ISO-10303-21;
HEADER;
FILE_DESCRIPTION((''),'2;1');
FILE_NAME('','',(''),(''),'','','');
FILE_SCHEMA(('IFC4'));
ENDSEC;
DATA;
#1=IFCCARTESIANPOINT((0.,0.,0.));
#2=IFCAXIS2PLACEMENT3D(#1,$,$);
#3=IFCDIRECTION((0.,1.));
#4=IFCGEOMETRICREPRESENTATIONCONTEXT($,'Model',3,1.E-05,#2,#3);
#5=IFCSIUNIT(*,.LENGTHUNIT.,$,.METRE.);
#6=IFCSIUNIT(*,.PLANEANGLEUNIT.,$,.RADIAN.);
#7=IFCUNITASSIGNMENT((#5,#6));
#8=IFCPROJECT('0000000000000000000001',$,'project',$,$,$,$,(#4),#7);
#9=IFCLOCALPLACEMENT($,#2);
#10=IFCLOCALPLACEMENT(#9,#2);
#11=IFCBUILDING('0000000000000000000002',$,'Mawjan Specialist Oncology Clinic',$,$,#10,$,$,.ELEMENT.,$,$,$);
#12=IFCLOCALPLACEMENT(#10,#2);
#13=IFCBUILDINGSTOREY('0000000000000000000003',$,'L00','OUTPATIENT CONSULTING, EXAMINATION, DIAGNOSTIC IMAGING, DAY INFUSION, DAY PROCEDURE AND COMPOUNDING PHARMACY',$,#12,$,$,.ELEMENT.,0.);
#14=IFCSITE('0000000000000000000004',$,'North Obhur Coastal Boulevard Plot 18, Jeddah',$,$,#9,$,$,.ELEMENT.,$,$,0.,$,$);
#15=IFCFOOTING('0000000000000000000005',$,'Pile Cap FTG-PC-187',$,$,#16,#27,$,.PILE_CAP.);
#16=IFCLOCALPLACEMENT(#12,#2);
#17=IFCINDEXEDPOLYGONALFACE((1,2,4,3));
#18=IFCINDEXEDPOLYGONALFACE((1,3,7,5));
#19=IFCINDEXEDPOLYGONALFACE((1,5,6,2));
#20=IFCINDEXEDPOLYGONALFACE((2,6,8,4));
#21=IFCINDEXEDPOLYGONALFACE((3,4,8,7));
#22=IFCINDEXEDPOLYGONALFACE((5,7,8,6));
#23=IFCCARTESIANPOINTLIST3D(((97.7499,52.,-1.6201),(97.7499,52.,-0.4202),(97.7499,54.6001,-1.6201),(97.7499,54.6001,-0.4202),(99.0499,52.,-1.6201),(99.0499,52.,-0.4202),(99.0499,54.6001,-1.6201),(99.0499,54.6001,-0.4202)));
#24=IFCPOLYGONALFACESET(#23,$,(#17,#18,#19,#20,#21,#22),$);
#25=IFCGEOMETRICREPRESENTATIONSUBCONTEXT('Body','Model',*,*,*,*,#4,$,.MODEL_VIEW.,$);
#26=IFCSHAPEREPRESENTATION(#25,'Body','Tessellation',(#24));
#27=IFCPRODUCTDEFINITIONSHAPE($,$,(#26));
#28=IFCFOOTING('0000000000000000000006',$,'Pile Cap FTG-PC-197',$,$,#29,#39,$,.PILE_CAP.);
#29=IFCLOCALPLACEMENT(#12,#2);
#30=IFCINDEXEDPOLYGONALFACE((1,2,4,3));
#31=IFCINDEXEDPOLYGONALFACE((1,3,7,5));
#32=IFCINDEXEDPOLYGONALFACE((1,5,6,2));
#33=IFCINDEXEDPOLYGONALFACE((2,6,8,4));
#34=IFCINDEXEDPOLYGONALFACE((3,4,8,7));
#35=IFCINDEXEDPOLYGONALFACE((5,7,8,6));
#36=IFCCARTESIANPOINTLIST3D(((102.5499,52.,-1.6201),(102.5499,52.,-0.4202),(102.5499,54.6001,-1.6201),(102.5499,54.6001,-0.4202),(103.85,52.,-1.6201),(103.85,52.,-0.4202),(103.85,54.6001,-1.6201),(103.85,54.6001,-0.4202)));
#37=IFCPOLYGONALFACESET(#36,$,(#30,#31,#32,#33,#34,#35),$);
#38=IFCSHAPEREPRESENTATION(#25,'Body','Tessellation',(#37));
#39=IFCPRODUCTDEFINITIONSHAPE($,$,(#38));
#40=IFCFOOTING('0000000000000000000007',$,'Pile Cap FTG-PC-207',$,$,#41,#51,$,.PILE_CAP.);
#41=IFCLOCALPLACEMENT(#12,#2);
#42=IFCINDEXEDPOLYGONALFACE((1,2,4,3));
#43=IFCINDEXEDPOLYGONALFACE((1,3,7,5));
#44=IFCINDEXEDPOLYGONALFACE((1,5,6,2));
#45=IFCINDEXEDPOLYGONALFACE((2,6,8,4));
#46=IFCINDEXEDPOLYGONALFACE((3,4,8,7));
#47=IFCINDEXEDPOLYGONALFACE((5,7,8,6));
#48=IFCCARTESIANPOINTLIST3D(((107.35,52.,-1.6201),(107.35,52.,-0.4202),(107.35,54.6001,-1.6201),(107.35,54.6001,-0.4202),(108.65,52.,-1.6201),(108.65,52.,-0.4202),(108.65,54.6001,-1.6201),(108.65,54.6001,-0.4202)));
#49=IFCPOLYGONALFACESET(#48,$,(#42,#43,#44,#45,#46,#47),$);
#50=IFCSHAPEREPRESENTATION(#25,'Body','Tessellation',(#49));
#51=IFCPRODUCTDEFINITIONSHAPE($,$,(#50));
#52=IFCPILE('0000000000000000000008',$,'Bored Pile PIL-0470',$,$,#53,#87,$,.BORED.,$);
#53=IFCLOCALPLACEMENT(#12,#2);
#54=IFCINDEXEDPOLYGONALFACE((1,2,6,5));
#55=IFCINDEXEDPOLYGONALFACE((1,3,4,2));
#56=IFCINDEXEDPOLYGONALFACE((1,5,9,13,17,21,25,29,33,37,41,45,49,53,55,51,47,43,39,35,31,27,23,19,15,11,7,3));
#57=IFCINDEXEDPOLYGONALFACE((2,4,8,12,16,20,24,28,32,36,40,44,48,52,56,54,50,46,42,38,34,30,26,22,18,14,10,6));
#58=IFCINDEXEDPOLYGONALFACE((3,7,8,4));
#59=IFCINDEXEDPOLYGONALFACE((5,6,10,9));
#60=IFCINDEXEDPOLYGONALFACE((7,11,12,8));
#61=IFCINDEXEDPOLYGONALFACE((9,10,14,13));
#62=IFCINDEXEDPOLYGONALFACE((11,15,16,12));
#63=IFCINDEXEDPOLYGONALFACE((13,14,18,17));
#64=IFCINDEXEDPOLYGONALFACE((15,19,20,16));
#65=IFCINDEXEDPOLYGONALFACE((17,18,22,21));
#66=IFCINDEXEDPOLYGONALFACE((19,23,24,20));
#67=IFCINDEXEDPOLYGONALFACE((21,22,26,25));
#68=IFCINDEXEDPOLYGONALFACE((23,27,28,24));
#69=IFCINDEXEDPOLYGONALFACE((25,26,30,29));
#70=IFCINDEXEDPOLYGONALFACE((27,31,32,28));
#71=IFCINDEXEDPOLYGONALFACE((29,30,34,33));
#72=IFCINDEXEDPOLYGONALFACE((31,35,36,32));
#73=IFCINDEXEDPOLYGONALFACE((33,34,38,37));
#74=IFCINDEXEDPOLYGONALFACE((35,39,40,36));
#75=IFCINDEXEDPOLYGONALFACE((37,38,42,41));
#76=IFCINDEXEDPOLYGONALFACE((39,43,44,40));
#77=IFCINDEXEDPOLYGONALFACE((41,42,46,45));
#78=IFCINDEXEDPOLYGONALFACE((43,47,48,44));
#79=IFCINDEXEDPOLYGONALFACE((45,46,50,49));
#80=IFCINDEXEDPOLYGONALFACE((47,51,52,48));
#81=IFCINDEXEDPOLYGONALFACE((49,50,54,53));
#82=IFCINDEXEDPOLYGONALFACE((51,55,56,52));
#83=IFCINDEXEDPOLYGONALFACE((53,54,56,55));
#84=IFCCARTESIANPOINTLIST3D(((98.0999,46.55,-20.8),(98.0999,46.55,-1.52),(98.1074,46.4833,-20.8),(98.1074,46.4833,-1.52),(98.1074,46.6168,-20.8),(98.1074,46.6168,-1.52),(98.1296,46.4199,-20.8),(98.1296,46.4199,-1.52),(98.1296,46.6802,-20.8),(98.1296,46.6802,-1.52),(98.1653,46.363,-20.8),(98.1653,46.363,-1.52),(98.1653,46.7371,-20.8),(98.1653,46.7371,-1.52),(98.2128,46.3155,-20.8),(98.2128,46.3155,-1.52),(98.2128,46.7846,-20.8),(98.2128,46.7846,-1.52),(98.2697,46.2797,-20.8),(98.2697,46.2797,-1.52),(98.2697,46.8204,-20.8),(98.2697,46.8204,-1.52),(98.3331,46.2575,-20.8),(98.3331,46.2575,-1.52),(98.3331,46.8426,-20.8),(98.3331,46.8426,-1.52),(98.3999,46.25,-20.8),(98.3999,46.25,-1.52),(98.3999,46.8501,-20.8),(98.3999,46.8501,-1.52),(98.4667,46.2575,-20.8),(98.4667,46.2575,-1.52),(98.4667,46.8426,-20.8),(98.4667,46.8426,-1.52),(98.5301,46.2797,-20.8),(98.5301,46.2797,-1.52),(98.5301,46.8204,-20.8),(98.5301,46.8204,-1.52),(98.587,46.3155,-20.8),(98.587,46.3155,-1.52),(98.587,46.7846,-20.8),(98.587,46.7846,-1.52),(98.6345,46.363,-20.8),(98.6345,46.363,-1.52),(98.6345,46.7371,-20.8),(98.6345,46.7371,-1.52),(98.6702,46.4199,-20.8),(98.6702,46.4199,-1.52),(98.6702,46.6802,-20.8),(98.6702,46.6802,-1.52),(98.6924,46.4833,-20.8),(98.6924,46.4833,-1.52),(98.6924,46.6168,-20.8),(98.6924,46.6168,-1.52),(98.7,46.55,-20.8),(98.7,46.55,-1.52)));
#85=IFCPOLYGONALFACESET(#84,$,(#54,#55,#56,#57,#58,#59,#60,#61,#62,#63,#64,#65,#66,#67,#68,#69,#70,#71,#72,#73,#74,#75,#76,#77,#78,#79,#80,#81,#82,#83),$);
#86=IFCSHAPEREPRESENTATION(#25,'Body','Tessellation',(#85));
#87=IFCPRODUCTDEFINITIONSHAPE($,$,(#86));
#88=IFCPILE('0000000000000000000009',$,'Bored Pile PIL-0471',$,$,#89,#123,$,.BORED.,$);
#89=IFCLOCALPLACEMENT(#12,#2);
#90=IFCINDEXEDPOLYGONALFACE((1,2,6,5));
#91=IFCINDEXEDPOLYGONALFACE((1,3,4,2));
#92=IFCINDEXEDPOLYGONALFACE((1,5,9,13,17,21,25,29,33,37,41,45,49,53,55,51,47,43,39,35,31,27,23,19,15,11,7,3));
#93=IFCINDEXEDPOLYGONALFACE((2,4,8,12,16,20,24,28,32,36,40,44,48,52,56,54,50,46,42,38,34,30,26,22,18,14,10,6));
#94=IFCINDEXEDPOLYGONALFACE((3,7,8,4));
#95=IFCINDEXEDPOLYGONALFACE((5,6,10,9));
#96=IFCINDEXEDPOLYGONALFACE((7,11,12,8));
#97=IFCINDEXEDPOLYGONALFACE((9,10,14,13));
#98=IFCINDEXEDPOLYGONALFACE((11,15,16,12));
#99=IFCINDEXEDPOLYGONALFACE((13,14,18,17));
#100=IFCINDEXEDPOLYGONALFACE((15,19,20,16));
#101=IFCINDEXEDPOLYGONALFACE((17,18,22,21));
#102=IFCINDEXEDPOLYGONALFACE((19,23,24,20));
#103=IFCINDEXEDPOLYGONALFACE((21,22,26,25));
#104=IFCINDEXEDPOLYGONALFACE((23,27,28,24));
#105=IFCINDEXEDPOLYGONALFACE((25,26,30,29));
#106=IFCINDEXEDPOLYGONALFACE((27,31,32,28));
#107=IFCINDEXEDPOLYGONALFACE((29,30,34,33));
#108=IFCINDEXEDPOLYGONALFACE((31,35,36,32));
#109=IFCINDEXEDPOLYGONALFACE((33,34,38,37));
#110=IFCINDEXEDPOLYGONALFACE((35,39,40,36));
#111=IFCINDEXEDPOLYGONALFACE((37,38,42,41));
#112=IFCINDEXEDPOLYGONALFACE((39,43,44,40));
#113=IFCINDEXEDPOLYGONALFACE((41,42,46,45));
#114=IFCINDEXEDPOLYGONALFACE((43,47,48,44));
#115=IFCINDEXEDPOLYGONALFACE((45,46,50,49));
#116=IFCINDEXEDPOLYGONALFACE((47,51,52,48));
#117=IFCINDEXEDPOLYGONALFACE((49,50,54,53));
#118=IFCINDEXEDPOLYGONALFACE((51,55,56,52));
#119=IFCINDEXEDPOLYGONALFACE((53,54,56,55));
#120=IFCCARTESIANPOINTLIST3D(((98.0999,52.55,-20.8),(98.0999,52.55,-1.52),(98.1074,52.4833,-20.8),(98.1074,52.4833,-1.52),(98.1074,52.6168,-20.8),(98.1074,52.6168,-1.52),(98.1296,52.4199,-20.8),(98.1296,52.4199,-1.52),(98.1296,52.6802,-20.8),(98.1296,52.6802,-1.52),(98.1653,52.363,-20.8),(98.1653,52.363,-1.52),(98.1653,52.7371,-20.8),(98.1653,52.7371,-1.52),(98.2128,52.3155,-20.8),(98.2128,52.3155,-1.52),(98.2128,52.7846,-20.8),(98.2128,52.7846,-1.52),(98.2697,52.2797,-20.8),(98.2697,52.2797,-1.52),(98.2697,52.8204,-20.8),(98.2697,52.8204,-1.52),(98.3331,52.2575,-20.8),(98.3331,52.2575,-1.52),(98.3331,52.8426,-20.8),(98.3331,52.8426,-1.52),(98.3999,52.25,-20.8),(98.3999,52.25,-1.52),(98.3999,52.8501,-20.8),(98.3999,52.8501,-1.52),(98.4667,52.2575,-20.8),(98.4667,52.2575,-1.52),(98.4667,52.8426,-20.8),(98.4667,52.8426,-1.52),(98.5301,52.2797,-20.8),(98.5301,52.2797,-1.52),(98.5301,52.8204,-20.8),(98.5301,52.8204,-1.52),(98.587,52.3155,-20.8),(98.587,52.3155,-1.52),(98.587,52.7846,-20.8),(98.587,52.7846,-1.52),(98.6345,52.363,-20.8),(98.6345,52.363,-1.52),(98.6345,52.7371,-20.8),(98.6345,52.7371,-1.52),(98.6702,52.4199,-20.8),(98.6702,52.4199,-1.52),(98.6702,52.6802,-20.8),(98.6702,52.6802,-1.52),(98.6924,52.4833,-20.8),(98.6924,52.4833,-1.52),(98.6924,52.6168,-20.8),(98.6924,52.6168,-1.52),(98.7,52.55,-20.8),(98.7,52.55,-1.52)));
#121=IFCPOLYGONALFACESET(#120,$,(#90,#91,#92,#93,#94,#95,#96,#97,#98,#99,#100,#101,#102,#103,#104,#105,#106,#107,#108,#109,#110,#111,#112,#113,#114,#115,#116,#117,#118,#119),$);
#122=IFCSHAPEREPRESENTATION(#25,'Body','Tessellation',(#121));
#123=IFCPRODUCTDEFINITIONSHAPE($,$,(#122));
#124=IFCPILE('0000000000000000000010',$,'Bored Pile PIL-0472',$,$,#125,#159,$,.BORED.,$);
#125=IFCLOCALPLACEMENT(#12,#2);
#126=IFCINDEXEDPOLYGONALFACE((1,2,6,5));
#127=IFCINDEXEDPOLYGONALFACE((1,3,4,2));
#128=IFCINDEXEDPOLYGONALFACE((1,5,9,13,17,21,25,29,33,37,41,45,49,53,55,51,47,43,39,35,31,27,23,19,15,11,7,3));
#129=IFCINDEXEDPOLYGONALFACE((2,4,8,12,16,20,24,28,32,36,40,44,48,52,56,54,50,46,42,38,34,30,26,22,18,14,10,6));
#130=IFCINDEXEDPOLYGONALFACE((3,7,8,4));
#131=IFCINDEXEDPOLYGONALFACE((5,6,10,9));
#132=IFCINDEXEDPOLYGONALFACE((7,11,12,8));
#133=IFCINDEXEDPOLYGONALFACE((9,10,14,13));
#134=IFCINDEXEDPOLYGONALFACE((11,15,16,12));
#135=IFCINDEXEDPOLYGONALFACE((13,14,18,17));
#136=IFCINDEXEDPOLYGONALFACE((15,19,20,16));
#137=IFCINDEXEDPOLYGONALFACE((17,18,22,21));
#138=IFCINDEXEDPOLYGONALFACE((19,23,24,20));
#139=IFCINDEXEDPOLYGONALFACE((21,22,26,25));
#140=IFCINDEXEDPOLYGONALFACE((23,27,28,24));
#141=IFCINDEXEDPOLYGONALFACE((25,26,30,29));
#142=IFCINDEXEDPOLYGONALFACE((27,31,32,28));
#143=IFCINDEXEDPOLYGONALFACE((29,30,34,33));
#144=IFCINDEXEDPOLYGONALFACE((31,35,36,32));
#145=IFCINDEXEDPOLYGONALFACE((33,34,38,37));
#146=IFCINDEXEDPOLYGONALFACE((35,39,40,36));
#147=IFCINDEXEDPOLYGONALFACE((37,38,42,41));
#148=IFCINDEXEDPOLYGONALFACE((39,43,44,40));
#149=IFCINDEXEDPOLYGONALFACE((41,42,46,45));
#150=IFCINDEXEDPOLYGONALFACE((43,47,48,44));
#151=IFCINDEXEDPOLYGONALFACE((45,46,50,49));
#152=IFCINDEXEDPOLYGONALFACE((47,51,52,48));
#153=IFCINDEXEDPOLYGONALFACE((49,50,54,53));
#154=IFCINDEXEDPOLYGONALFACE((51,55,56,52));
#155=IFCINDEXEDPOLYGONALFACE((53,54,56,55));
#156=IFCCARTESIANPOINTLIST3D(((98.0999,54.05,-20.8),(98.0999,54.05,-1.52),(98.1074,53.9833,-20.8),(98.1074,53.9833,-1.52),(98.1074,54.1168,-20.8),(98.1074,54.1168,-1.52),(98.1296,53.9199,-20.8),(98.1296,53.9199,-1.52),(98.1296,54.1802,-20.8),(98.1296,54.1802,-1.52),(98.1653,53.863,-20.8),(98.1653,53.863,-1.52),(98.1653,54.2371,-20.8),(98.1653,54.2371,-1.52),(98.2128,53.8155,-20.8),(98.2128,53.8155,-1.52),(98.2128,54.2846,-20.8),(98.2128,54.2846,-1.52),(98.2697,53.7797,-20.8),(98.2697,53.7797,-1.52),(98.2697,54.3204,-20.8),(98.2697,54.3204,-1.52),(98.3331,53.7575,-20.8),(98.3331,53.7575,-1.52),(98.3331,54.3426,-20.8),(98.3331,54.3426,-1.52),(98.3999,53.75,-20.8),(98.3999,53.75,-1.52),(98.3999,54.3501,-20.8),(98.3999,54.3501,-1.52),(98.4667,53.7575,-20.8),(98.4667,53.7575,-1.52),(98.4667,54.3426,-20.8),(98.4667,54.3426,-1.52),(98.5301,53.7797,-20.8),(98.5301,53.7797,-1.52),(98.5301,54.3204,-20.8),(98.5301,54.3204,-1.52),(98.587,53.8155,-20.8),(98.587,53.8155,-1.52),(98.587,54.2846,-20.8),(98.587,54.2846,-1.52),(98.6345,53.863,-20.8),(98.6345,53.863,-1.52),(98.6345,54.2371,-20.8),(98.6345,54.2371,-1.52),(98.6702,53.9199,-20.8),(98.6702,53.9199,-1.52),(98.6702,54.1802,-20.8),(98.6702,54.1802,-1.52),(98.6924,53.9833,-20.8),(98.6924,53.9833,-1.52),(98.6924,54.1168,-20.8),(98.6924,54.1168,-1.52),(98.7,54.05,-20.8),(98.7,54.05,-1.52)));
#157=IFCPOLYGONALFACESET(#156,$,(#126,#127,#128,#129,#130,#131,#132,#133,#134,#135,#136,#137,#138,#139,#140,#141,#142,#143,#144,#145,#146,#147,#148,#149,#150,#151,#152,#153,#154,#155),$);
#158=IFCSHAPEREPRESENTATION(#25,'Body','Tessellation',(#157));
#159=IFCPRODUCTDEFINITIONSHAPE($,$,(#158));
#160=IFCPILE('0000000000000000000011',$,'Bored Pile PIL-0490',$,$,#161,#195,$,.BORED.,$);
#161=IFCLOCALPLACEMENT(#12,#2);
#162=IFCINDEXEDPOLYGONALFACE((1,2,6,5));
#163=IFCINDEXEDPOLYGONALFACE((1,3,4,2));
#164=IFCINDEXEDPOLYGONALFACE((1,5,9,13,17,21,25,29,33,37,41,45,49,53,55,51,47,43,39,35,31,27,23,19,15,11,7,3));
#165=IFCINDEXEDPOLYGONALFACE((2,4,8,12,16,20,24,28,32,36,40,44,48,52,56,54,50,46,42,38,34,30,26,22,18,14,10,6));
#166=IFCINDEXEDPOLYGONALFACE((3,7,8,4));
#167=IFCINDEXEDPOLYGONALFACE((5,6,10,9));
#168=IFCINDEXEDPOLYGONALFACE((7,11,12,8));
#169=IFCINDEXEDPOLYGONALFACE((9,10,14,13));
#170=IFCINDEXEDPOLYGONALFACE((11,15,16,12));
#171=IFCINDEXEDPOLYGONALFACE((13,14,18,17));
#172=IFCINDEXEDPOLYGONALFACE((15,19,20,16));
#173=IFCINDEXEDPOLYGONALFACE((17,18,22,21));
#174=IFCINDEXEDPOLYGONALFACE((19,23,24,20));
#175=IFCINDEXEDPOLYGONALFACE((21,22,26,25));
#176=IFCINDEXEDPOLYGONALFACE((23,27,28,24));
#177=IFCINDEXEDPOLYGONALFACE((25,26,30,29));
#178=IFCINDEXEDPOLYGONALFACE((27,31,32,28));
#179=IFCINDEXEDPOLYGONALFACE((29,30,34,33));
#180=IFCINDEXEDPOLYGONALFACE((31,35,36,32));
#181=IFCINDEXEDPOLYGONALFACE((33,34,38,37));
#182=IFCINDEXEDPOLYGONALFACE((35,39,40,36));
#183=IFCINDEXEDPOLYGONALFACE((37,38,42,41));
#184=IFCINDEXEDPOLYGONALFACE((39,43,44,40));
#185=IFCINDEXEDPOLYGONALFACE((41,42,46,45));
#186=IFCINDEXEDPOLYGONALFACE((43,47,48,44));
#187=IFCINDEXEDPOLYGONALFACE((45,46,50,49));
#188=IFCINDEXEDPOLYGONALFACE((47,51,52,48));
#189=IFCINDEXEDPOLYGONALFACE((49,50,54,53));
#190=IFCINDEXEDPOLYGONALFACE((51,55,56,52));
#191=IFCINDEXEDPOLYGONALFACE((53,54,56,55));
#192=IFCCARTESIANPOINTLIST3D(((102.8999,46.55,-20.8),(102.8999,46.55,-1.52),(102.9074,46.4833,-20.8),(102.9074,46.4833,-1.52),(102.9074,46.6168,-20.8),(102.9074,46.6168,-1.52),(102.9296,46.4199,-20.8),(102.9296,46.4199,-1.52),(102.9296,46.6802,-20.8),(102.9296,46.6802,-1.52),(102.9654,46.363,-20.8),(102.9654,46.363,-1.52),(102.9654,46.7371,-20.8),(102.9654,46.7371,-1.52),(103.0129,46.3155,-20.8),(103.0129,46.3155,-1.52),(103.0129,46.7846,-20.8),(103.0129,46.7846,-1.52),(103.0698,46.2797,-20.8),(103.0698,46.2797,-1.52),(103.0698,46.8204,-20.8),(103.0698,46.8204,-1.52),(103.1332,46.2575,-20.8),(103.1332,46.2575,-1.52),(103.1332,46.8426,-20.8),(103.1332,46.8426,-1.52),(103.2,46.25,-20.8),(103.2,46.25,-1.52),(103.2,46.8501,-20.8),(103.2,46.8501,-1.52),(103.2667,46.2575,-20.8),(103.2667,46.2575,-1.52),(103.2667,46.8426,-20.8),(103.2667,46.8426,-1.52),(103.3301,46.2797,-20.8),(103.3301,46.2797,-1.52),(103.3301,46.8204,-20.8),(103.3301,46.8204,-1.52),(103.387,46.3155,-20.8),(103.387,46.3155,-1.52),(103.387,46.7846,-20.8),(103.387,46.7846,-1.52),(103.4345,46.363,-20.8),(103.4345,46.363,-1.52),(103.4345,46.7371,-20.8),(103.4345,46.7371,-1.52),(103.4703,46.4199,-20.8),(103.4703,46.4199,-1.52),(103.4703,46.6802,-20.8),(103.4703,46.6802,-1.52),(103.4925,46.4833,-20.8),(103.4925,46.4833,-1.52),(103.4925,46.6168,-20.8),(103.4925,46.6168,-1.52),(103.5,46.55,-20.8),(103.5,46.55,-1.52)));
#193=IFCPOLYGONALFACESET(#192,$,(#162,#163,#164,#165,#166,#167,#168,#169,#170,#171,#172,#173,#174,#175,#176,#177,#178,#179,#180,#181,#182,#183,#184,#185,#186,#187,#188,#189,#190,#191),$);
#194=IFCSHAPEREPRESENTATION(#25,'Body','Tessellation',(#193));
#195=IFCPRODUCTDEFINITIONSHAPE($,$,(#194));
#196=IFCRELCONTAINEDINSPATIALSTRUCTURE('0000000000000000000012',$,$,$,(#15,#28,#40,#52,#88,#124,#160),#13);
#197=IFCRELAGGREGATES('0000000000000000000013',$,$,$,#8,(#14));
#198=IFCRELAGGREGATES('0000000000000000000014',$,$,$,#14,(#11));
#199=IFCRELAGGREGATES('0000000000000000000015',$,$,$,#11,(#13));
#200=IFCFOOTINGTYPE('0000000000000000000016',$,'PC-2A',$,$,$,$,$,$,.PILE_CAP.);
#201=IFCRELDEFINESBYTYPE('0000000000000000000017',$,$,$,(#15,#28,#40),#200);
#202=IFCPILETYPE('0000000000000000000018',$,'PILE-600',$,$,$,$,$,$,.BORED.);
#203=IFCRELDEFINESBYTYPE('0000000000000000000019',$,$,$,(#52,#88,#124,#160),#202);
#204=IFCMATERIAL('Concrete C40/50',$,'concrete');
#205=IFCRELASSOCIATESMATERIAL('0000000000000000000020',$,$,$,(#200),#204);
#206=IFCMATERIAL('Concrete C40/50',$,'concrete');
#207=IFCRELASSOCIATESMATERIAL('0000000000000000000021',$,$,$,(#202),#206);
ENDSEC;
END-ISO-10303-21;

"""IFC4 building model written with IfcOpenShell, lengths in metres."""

from ifc_helpers import new_model, si_unit, direction, frame, origin, origin_2d, place, context, subcontext, project, spatial, rectangle, circle, extrude, material, material_profile, profile_set, type_object, element, save


model = new_model("IFC4")

# Units and contexts
model_context = context("Model", 3, precision=1e-05, world=origin(), true_north=direction((0.0, 1.0)))
body_context = subcontext(model_context, "Body", "Model", "MODEL_VIEW")
ifc_project = project(units=[si_unit("LENGTHUNIT", "METRE"), si_unit("PLANEANGLEUNIT", "RADIAN")], contexts=[model_context])

# Site, building, storey
site_placement = place(None, origin())
site = spatial("IfcSite", under=ifc_project, at=site_placement, Name="North Obhur Coastal Boulevard Plot 18, Jeddah", CompositionType="ELEMENT", RefElevation=0.0)
building_placement = place(site_placement, origin())
building = spatial("IfcBuilding", under=site, at=building_placement, Name="Mawjan Specialist Oncology Clinic", CompositionType="ELEMENT")
storey_placement = place(building_placement, origin())
storey = spatial("IfcBuildingStorey", under=building, at=storey_placement, Name="L00", Description="OUTPATIENT CONSULTING, EXAMINATION, DIAGNOSTIC IMAGING, DAY INFUSION, DAY PROCEDURE AND COMPOUNDING PHARMACY", CompositionType="ELEMENT", Elevation=0.0)

# Footings
ifc_material_1 = material(Name="Concrete C40/50", Category="concrete")
footing_type_1 = type_object("IfcFootingType", Name="PC-2A", PredefinedType="PILE_CAP", material=ifc_material_1)
for number, where, z_axis, x_axis, name in (
    (1, (98.3999, 53.3, -1.6201), (0.0, 0.0, 1.0), (0.0, 1.0, 0.0), "Pile Cap FTG-PC-187"),
    (2, (103.2, 53.3, -1.6201), (0.0, 0.0, 1.0), (0.0, 1.0, 0.0), "Pile Cap FTG-PC-197"),
    (3, (108.0, 53.3, -1.6201), (0.0, 0.0, 1.0), (0.0, 1.0, 0.0), "Pile Cap FTG-PC-207"),
):
    element("IfcFooting", number, at=place(storey_placement, frame(where, z_axis=z_axis, x_axis=x_axis)), inside=storey, type_object=footing_type_1, Name=name, PredefinedType="PILE_CAP", context=body_context, shape_type="SweptSolid", body=[
        extrude(rectangle(XDim=2.6001, YDim=1.3, at=origin_2d()), origin(), (0.0, 0.0, 1.0), 1.2),
    ])

# Piles
ifc_material_2 = material(Name="Concrete C40/50", Category="concrete")
ifc_material_profile_1 = material_profile(ifc_material_2, circle(Radius=0.3, at=origin_2d()), Name="BORED PILE D600", Category="concrete")
ifc_profile_set_1 = profile_set([ifc_material_profile_1], Name="Concrete C40/50")
pile_type = type_object("IfcPileType", Name="PILE-600", PredefinedType="BORED", material=ifc_profile_set_1)
for number, where, z_axis, x_axis, name in (
    (4, (98.3999, 46.55, -1.52), (0.0, 0.0, -1.0), (1.0, 0.0, 0.0), "Bored Pile PIL-0470"),
    (5, (98.3999, 52.55, -1.52), (0.0, 0.0, -1.0), (1.0, 0.0, 0.0), "Bored Pile PIL-0471"),
    (6, (98.3999, 54.05, -1.52), (0.0, 0.0, -1.0), (1.0, 0.0, 0.0), "Bored Pile PIL-0472"),
    (7, (103.2, 46.55, -1.52), (0.0, 0.0, -1.0), (1.0, 0.0, 0.0), "Bored Pile PIL-0490"),
):
    element("IfcPile", number, at=place(storey_placement, frame(where, z_axis=z_axis, x_axis=x_axis)), inside=storey, type_object=pile_type, Name=name, PredefinedType="BORED", context=body_context, shape_type="SweptSolid", body=[
        extrude(circle(Radius=0.3, at=origin_2d()), origin(), (0.0, 0.0, 1.0), 19.28),
    ])

save(model, "model.ifc")
